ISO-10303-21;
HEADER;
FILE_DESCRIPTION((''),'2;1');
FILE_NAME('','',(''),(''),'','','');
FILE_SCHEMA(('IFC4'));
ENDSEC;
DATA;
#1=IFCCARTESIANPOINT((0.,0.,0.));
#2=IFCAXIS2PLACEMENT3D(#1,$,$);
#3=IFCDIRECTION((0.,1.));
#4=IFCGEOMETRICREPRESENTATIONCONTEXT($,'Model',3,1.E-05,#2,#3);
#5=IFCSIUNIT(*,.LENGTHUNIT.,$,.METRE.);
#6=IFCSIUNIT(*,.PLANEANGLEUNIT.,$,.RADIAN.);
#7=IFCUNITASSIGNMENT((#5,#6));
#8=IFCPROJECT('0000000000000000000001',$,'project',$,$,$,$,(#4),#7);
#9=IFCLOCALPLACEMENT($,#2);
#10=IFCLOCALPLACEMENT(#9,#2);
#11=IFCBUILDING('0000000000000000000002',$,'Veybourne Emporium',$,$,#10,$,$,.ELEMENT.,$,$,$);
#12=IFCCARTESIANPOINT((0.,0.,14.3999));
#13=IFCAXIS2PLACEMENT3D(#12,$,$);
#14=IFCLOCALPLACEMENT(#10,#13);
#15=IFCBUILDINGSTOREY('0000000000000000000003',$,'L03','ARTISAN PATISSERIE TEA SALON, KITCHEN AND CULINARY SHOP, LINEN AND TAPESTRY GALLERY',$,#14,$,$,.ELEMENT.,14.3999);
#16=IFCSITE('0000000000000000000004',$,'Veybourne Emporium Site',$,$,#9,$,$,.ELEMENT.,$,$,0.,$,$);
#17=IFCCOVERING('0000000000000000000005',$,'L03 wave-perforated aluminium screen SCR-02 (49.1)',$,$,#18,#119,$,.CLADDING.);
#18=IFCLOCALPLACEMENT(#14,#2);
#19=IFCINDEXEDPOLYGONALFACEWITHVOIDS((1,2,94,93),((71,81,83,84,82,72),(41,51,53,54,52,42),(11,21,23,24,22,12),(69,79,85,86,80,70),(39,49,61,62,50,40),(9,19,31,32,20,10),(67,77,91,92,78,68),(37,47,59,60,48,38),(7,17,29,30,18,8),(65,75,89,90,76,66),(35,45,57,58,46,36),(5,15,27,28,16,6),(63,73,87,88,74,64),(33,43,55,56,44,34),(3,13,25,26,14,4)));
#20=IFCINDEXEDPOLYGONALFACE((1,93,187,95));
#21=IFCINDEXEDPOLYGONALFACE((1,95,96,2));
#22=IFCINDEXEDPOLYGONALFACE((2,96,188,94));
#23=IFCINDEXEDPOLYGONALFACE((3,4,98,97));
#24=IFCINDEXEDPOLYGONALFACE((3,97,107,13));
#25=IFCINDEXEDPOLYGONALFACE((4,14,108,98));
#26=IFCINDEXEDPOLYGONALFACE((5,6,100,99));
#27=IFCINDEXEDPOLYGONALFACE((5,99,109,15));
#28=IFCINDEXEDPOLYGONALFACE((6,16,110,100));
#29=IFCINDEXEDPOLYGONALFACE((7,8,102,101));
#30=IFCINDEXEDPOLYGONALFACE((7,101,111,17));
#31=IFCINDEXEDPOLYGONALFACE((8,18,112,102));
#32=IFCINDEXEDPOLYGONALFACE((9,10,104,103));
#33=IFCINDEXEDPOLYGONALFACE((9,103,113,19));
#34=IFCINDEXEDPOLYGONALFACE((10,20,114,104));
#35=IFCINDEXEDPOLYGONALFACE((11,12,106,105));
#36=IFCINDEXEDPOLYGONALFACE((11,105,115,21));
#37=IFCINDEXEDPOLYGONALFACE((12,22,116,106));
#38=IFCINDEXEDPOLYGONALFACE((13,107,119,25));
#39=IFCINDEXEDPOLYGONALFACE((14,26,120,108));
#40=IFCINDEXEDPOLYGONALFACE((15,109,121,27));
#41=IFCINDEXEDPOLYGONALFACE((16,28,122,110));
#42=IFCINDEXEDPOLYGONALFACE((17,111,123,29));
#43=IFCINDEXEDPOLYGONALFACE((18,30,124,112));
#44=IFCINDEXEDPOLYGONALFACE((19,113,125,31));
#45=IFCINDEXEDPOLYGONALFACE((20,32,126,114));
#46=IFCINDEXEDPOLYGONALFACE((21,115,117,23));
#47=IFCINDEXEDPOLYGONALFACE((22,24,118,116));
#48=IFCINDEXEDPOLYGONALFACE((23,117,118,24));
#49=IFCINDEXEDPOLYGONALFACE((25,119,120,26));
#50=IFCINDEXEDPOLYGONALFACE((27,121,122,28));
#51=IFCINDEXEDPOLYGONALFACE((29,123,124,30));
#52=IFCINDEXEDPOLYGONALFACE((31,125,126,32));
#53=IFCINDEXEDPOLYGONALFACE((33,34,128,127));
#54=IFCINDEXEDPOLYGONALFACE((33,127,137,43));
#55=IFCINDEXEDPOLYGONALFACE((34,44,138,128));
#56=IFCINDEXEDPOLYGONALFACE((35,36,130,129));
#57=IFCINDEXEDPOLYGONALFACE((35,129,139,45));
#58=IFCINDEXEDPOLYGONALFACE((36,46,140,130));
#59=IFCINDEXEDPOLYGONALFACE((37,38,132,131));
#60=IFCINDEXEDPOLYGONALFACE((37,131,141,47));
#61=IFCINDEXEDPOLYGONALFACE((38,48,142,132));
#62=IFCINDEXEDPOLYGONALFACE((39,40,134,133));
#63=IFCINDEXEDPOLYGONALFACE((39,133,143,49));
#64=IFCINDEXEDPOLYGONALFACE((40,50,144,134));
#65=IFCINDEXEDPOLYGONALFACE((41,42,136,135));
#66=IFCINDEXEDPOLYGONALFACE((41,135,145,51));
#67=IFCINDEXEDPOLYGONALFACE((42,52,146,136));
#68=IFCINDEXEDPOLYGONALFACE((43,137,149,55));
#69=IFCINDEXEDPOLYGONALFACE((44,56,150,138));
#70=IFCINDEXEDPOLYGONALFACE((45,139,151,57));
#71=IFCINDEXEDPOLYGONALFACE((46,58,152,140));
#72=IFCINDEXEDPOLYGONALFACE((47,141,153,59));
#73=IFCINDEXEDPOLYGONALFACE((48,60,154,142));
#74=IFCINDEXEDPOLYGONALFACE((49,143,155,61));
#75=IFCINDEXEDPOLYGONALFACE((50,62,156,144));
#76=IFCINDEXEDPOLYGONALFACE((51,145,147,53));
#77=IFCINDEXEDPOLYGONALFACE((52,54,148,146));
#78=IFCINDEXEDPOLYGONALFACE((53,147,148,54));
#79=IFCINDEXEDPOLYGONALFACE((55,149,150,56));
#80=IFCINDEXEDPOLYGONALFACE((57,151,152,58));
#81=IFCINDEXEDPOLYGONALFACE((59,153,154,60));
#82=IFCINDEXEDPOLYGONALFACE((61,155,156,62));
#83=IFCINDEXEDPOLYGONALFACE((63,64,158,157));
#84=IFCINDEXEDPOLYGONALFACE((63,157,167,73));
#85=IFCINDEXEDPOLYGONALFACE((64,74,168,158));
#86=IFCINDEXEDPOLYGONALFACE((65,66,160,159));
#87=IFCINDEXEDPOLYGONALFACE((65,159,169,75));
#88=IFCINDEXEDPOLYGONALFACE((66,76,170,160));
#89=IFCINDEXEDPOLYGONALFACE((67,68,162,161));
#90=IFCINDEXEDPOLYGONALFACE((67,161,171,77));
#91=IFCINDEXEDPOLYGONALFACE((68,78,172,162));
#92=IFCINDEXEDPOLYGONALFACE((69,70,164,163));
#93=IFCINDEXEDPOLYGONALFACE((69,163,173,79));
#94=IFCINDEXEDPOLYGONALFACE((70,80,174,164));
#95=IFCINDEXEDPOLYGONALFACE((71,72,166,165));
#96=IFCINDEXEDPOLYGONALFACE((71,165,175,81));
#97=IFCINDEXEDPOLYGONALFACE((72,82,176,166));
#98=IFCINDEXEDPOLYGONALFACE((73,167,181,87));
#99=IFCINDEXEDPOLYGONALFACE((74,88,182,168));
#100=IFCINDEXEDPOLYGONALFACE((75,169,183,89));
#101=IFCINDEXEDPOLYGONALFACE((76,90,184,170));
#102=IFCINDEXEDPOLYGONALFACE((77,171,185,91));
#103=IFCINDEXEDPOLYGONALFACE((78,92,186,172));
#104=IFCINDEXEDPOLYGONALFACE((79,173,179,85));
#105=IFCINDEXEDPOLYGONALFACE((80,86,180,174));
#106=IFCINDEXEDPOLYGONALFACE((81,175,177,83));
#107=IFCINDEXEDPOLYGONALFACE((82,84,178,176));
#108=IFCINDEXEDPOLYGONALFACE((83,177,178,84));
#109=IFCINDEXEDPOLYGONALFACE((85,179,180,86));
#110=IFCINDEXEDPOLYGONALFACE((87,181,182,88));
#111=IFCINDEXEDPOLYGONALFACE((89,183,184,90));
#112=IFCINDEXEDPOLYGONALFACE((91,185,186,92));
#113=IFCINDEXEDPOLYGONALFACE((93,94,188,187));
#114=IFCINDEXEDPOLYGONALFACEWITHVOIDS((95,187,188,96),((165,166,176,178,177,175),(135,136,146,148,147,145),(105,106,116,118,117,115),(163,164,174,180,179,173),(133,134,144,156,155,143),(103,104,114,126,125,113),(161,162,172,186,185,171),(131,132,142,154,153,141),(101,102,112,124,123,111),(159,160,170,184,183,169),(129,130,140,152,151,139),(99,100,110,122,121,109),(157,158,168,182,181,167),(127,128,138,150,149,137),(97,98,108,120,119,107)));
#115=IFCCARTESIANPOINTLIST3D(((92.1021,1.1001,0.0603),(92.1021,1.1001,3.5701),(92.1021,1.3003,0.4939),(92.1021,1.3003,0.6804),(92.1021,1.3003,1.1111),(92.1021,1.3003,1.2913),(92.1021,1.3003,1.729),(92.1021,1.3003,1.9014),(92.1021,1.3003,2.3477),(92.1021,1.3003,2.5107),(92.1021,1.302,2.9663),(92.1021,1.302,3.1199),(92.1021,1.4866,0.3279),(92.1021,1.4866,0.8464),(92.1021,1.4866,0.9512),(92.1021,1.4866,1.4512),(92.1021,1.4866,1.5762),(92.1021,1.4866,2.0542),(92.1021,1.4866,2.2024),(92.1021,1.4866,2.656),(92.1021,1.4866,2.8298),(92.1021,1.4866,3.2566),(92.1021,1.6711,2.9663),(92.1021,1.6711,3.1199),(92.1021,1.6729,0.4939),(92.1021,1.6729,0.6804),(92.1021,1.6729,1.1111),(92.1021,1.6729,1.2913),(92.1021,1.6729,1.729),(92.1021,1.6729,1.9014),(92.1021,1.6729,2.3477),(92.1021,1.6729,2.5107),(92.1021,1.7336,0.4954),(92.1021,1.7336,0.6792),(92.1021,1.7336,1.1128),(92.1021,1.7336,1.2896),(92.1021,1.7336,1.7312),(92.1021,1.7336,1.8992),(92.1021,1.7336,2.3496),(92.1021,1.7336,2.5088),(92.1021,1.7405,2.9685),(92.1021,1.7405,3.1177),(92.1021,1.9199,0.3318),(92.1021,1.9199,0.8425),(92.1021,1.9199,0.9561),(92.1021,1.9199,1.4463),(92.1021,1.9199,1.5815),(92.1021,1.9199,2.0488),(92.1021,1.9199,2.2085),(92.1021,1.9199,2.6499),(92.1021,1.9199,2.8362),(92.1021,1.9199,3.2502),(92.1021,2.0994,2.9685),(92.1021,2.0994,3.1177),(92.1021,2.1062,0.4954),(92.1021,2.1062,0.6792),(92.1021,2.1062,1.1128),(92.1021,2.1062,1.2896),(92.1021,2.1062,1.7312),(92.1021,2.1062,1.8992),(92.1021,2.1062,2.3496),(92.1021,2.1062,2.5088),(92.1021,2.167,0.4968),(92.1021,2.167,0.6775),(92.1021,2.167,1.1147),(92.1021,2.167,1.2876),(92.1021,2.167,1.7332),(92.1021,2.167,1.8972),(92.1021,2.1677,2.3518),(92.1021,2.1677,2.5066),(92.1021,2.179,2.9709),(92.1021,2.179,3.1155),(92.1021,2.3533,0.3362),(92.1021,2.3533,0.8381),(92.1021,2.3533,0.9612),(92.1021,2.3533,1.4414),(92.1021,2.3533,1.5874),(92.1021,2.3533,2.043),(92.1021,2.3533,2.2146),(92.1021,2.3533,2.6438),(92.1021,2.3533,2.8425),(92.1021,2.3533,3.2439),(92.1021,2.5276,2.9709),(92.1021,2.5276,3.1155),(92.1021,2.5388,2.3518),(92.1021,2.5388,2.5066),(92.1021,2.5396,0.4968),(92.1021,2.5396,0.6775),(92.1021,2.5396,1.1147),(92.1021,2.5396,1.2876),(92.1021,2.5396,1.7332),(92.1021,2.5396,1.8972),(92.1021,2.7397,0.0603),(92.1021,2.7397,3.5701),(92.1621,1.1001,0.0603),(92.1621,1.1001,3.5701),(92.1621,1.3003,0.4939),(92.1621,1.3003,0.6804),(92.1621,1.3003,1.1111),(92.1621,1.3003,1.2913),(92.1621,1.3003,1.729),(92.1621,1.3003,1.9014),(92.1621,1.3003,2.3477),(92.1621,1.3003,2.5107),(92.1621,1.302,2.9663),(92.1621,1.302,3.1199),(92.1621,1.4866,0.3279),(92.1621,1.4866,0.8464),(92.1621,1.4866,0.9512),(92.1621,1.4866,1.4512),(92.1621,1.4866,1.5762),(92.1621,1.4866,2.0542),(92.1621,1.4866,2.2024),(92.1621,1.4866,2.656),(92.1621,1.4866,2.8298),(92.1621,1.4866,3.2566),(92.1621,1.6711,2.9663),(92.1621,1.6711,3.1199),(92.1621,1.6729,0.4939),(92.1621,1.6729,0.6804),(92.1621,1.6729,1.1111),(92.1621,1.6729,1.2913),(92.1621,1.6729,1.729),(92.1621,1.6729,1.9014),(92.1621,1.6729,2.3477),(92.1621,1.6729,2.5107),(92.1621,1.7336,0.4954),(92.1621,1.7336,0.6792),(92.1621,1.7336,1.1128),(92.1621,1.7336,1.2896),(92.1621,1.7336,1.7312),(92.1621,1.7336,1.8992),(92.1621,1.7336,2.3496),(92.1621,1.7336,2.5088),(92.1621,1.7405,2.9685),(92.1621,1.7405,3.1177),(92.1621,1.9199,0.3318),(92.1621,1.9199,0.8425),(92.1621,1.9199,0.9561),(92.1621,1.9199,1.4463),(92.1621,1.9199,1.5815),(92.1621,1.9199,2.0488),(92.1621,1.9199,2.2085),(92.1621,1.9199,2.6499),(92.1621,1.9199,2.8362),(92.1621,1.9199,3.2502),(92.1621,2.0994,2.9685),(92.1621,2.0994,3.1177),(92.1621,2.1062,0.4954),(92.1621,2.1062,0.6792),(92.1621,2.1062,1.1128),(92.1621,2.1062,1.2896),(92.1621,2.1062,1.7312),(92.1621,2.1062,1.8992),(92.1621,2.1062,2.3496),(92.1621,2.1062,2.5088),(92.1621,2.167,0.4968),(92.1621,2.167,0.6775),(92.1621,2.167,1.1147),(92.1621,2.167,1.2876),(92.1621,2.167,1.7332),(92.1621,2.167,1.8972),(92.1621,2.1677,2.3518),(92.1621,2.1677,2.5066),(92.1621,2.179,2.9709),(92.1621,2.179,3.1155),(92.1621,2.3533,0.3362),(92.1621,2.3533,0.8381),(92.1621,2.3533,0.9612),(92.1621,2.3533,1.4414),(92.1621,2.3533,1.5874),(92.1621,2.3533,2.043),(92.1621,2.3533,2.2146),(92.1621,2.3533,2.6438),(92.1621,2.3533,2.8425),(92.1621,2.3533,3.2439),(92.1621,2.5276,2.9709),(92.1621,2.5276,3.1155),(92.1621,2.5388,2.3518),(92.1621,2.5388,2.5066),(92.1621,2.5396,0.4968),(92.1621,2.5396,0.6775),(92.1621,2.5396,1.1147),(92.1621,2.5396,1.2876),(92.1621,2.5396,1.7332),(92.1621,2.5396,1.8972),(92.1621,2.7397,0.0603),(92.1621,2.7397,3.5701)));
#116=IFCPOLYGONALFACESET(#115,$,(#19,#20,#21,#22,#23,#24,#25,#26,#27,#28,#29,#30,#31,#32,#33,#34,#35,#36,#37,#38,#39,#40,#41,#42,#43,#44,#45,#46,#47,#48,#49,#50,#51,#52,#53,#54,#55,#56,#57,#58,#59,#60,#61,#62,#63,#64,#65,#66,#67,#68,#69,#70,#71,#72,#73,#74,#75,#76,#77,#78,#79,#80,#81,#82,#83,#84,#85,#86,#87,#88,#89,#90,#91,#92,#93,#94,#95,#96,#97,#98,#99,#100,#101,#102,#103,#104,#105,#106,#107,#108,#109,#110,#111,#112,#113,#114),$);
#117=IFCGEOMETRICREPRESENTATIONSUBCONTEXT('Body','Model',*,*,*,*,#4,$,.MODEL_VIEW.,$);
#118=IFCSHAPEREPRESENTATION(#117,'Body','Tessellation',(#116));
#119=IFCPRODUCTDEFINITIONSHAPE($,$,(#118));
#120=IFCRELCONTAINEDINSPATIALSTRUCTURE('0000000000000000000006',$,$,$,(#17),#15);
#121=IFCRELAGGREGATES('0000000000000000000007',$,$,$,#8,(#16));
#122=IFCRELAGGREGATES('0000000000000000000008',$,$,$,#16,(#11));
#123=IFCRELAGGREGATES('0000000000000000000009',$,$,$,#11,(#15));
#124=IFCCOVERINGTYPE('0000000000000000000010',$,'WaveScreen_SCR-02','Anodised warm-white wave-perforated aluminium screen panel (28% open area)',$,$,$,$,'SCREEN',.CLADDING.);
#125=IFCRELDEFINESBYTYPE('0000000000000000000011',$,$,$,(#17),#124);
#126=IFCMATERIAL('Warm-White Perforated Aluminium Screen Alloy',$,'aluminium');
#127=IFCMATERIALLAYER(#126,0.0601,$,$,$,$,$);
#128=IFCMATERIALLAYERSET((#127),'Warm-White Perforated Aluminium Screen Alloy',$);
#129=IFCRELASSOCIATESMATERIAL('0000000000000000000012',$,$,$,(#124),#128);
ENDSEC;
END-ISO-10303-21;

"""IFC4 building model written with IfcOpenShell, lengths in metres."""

from ifc_helpers import new_model, si_unit, direction, frame, origin, place, context, subcontext, project, spatial, polyline, outline, extrude, material, layer, layer_set, type_object, element, save


model = new_model("IFC4")

# Units and contexts
model_context = context("Model", 3, precision=1e-05, world=origin(), true_north=direction((0.0, 1.0)))
body_context = subcontext(model_context, "Body", "Model", "MODEL_VIEW")
ifc_project = project(units=[si_unit("LENGTHUNIT", "METRE"), si_unit("PLANEANGLEUNIT", "RADIAN")], contexts=[model_context])

# Site, building, storey
site_placement = place(None, origin())
site = spatial("IfcSite", under=ifc_project, at=site_placement, Name="Veybourne Emporium Site", CompositionType="ELEMENT", RefElevation=0.0)
building_placement = place(site_placement, origin())
building = spatial("IfcBuilding", under=site, at=building_placement, Name="Veybourne Emporium", CompositionType="ELEMENT")
storey_placement = place(building_placement, frame((0.0, 0.0, 14.3999)))
storey = spatial("IfcBuildingStorey", under=building, at=storey_placement, Name="L03", Description="ARTISAN PATISSERIE TEA SALON, KITCHEN AND CULINARY SHOP, LINEN AND TAPESTRY GALLERY", CompositionType="ELEMENT", Elevation=14.3999)

# Covering
ifc_material_1 = material(Name="Warm-White Perforated Aluminium Screen Alloy", Category="aluminium")
ifc_layer_1 = layer(ifc_material_1, 0.0601)
ifc_layer_set_1 = layer_set([ifc_layer_1], Name="Warm-White Perforated Aluminium Screen Alloy")
covering_type = type_object("IfcCoveringType", Name="WaveScreen_SCR-02", Description="Anodised warm-white wave-perforated aluminium screen panel (28% open area)", ElementType="SCREEN", PredefinedType="CLADDING", material=ifc_layer_set_1)
covering_placement = place(storey_placement, frame((92.1021, 1.9199, 1.8152), z_axis=(1.0, 0.0, 0.0), x_axis=(0.0, 1.0, 0.0)))
element("IfcCovering", 1, at=covering_placement, inside=storey, type_object=covering_type, Name="L03 wave-perforated aluminium screen SCR-02 (49.1)", PredefinedType="CLADDING", context=body_context, shape_type="SweptSolid", body=[
    extrude(outline(polyline([(-0.8198, -1.7549), (0.8198, -1.7549), (0.8198, 1.7549), (-0.8198, 1.7549), (-0.8198, -1.7549)]), holes=[polyline([(-0.4333, -0.9688), (-0.2471, -1.1348), (-0.2471, -1.3213), (-0.4333, -1.4873), (-0.6196, -1.3213), (-0.6196, -1.1348), (-0.4333, -0.9688)]), polyline([(-0.4333, -0.364), (-0.2471, -0.5239), (-0.2471, -0.7041), (-0.4333, -0.864), (-0.6196, -0.7041), (-0.6196, -0.5239), (-0.4333, -0.364)]), polyline([(-0.4333, 0.239), (-0.2471, 0.0862), (-0.2471, -0.0862), (-0.4333, -0.239), (-0.6196, -0.0862), (-0.6196, 0.0862), (-0.4333, 0.239)]), polyline([(-0.4333, 0.8408), (-0.2471, 0.6956), (-0.2471, 0.5325), (-0.4333, 0.3872), (-0.6196, 0.5325), (-0.6196, 0.6956), (-0.4333, 0.8408)]), polyline([(-0.4333, 1.4414), (-0.2488, 1.3047), (-0.2488, 1.1511), (-0.4333, 1.0146), (-0.6179, 1.1511), (-0.6179, 1.3047), (-0.4333, 1.4414)]), polyline([(0.0, -0.9727), (0.1863, -1.136), (0.1863, -1.3198), (0.0, -1.4834), (-0.1863, -1.3198), (-0.1863, -1.136), (0.0, -0.9727)]), polyline([(0.0, -0.3689), (0.1863, -0.5256), (0.1863, -0.7024), (0.0, -0.8591), (-0.1863, -0.7024), (-0.1863, -0.5256), (0.0, -0.3689)]), polyline([(0.0, 0.2336), (0.1863, 0.084), (0.1863, -0.084), (0.0, -0.2336), (-0.1863, -0.084), (-0.1863, 0.084), (0.0, 0.2336)]), polyline([(0.0, 0.8347), (0.1863, 0.6936), (0.1863, 0.5344), (0.0, 0.3933), (-0.1863, 0.5344), (-0.1863, 0.6936), (0.0, 0.8347)]), polyline([(0.0, 1.4351), (0.1794, 1.3025), (0.1794, 1.1533), (0.0, 1.021), (-0.1794, 1.1533), (-0.1794, 1.3025), (0.0, 1.4351)]), polyline([(0.4333, -0.9771), (0.6196, -1.1377), (0.6196, -1.3184), (0.4333, -1.479), (0.2471, -1.3184), (0.2471, -1.1377), (0.4333, -0.9771)]), polyline([(0.4333, -0.3738), (0.6196, -0.5276), (0.6196, -0.7004), (0.4333, -0.854), (0.2471, -0.7004), (0.2471, -0.5276), (0.4333, -0.3738)]), polyline([(0.4333, 0.2278), (0.6196, 0.082), (0.6196, -0.082), (0.4333, -0.2278), (0.2471, -0.082), (0.2471, 0.082), (0.4333, 0.2278)]), polyline([(0.4333, 0.8286), (0.6189, 0.6914), (0.6189, 0.5366), (0.4333, 0.3994), (0.2478, 0.5366), (0.2478, 0.6914), (0.4333, 0.8286)]), polyline([(0.4333, 1.4287), (0.6077, 1.3003), (0.6077, 1.1558), (0.4333, 1.0273), (0.259, 1.1558), (0.259, 1.3003), (0.4333, 1.4287)])]), origin(), (0.0, 0.0, 1.0), 0.0601),
])

save(model, "model.ifc")
